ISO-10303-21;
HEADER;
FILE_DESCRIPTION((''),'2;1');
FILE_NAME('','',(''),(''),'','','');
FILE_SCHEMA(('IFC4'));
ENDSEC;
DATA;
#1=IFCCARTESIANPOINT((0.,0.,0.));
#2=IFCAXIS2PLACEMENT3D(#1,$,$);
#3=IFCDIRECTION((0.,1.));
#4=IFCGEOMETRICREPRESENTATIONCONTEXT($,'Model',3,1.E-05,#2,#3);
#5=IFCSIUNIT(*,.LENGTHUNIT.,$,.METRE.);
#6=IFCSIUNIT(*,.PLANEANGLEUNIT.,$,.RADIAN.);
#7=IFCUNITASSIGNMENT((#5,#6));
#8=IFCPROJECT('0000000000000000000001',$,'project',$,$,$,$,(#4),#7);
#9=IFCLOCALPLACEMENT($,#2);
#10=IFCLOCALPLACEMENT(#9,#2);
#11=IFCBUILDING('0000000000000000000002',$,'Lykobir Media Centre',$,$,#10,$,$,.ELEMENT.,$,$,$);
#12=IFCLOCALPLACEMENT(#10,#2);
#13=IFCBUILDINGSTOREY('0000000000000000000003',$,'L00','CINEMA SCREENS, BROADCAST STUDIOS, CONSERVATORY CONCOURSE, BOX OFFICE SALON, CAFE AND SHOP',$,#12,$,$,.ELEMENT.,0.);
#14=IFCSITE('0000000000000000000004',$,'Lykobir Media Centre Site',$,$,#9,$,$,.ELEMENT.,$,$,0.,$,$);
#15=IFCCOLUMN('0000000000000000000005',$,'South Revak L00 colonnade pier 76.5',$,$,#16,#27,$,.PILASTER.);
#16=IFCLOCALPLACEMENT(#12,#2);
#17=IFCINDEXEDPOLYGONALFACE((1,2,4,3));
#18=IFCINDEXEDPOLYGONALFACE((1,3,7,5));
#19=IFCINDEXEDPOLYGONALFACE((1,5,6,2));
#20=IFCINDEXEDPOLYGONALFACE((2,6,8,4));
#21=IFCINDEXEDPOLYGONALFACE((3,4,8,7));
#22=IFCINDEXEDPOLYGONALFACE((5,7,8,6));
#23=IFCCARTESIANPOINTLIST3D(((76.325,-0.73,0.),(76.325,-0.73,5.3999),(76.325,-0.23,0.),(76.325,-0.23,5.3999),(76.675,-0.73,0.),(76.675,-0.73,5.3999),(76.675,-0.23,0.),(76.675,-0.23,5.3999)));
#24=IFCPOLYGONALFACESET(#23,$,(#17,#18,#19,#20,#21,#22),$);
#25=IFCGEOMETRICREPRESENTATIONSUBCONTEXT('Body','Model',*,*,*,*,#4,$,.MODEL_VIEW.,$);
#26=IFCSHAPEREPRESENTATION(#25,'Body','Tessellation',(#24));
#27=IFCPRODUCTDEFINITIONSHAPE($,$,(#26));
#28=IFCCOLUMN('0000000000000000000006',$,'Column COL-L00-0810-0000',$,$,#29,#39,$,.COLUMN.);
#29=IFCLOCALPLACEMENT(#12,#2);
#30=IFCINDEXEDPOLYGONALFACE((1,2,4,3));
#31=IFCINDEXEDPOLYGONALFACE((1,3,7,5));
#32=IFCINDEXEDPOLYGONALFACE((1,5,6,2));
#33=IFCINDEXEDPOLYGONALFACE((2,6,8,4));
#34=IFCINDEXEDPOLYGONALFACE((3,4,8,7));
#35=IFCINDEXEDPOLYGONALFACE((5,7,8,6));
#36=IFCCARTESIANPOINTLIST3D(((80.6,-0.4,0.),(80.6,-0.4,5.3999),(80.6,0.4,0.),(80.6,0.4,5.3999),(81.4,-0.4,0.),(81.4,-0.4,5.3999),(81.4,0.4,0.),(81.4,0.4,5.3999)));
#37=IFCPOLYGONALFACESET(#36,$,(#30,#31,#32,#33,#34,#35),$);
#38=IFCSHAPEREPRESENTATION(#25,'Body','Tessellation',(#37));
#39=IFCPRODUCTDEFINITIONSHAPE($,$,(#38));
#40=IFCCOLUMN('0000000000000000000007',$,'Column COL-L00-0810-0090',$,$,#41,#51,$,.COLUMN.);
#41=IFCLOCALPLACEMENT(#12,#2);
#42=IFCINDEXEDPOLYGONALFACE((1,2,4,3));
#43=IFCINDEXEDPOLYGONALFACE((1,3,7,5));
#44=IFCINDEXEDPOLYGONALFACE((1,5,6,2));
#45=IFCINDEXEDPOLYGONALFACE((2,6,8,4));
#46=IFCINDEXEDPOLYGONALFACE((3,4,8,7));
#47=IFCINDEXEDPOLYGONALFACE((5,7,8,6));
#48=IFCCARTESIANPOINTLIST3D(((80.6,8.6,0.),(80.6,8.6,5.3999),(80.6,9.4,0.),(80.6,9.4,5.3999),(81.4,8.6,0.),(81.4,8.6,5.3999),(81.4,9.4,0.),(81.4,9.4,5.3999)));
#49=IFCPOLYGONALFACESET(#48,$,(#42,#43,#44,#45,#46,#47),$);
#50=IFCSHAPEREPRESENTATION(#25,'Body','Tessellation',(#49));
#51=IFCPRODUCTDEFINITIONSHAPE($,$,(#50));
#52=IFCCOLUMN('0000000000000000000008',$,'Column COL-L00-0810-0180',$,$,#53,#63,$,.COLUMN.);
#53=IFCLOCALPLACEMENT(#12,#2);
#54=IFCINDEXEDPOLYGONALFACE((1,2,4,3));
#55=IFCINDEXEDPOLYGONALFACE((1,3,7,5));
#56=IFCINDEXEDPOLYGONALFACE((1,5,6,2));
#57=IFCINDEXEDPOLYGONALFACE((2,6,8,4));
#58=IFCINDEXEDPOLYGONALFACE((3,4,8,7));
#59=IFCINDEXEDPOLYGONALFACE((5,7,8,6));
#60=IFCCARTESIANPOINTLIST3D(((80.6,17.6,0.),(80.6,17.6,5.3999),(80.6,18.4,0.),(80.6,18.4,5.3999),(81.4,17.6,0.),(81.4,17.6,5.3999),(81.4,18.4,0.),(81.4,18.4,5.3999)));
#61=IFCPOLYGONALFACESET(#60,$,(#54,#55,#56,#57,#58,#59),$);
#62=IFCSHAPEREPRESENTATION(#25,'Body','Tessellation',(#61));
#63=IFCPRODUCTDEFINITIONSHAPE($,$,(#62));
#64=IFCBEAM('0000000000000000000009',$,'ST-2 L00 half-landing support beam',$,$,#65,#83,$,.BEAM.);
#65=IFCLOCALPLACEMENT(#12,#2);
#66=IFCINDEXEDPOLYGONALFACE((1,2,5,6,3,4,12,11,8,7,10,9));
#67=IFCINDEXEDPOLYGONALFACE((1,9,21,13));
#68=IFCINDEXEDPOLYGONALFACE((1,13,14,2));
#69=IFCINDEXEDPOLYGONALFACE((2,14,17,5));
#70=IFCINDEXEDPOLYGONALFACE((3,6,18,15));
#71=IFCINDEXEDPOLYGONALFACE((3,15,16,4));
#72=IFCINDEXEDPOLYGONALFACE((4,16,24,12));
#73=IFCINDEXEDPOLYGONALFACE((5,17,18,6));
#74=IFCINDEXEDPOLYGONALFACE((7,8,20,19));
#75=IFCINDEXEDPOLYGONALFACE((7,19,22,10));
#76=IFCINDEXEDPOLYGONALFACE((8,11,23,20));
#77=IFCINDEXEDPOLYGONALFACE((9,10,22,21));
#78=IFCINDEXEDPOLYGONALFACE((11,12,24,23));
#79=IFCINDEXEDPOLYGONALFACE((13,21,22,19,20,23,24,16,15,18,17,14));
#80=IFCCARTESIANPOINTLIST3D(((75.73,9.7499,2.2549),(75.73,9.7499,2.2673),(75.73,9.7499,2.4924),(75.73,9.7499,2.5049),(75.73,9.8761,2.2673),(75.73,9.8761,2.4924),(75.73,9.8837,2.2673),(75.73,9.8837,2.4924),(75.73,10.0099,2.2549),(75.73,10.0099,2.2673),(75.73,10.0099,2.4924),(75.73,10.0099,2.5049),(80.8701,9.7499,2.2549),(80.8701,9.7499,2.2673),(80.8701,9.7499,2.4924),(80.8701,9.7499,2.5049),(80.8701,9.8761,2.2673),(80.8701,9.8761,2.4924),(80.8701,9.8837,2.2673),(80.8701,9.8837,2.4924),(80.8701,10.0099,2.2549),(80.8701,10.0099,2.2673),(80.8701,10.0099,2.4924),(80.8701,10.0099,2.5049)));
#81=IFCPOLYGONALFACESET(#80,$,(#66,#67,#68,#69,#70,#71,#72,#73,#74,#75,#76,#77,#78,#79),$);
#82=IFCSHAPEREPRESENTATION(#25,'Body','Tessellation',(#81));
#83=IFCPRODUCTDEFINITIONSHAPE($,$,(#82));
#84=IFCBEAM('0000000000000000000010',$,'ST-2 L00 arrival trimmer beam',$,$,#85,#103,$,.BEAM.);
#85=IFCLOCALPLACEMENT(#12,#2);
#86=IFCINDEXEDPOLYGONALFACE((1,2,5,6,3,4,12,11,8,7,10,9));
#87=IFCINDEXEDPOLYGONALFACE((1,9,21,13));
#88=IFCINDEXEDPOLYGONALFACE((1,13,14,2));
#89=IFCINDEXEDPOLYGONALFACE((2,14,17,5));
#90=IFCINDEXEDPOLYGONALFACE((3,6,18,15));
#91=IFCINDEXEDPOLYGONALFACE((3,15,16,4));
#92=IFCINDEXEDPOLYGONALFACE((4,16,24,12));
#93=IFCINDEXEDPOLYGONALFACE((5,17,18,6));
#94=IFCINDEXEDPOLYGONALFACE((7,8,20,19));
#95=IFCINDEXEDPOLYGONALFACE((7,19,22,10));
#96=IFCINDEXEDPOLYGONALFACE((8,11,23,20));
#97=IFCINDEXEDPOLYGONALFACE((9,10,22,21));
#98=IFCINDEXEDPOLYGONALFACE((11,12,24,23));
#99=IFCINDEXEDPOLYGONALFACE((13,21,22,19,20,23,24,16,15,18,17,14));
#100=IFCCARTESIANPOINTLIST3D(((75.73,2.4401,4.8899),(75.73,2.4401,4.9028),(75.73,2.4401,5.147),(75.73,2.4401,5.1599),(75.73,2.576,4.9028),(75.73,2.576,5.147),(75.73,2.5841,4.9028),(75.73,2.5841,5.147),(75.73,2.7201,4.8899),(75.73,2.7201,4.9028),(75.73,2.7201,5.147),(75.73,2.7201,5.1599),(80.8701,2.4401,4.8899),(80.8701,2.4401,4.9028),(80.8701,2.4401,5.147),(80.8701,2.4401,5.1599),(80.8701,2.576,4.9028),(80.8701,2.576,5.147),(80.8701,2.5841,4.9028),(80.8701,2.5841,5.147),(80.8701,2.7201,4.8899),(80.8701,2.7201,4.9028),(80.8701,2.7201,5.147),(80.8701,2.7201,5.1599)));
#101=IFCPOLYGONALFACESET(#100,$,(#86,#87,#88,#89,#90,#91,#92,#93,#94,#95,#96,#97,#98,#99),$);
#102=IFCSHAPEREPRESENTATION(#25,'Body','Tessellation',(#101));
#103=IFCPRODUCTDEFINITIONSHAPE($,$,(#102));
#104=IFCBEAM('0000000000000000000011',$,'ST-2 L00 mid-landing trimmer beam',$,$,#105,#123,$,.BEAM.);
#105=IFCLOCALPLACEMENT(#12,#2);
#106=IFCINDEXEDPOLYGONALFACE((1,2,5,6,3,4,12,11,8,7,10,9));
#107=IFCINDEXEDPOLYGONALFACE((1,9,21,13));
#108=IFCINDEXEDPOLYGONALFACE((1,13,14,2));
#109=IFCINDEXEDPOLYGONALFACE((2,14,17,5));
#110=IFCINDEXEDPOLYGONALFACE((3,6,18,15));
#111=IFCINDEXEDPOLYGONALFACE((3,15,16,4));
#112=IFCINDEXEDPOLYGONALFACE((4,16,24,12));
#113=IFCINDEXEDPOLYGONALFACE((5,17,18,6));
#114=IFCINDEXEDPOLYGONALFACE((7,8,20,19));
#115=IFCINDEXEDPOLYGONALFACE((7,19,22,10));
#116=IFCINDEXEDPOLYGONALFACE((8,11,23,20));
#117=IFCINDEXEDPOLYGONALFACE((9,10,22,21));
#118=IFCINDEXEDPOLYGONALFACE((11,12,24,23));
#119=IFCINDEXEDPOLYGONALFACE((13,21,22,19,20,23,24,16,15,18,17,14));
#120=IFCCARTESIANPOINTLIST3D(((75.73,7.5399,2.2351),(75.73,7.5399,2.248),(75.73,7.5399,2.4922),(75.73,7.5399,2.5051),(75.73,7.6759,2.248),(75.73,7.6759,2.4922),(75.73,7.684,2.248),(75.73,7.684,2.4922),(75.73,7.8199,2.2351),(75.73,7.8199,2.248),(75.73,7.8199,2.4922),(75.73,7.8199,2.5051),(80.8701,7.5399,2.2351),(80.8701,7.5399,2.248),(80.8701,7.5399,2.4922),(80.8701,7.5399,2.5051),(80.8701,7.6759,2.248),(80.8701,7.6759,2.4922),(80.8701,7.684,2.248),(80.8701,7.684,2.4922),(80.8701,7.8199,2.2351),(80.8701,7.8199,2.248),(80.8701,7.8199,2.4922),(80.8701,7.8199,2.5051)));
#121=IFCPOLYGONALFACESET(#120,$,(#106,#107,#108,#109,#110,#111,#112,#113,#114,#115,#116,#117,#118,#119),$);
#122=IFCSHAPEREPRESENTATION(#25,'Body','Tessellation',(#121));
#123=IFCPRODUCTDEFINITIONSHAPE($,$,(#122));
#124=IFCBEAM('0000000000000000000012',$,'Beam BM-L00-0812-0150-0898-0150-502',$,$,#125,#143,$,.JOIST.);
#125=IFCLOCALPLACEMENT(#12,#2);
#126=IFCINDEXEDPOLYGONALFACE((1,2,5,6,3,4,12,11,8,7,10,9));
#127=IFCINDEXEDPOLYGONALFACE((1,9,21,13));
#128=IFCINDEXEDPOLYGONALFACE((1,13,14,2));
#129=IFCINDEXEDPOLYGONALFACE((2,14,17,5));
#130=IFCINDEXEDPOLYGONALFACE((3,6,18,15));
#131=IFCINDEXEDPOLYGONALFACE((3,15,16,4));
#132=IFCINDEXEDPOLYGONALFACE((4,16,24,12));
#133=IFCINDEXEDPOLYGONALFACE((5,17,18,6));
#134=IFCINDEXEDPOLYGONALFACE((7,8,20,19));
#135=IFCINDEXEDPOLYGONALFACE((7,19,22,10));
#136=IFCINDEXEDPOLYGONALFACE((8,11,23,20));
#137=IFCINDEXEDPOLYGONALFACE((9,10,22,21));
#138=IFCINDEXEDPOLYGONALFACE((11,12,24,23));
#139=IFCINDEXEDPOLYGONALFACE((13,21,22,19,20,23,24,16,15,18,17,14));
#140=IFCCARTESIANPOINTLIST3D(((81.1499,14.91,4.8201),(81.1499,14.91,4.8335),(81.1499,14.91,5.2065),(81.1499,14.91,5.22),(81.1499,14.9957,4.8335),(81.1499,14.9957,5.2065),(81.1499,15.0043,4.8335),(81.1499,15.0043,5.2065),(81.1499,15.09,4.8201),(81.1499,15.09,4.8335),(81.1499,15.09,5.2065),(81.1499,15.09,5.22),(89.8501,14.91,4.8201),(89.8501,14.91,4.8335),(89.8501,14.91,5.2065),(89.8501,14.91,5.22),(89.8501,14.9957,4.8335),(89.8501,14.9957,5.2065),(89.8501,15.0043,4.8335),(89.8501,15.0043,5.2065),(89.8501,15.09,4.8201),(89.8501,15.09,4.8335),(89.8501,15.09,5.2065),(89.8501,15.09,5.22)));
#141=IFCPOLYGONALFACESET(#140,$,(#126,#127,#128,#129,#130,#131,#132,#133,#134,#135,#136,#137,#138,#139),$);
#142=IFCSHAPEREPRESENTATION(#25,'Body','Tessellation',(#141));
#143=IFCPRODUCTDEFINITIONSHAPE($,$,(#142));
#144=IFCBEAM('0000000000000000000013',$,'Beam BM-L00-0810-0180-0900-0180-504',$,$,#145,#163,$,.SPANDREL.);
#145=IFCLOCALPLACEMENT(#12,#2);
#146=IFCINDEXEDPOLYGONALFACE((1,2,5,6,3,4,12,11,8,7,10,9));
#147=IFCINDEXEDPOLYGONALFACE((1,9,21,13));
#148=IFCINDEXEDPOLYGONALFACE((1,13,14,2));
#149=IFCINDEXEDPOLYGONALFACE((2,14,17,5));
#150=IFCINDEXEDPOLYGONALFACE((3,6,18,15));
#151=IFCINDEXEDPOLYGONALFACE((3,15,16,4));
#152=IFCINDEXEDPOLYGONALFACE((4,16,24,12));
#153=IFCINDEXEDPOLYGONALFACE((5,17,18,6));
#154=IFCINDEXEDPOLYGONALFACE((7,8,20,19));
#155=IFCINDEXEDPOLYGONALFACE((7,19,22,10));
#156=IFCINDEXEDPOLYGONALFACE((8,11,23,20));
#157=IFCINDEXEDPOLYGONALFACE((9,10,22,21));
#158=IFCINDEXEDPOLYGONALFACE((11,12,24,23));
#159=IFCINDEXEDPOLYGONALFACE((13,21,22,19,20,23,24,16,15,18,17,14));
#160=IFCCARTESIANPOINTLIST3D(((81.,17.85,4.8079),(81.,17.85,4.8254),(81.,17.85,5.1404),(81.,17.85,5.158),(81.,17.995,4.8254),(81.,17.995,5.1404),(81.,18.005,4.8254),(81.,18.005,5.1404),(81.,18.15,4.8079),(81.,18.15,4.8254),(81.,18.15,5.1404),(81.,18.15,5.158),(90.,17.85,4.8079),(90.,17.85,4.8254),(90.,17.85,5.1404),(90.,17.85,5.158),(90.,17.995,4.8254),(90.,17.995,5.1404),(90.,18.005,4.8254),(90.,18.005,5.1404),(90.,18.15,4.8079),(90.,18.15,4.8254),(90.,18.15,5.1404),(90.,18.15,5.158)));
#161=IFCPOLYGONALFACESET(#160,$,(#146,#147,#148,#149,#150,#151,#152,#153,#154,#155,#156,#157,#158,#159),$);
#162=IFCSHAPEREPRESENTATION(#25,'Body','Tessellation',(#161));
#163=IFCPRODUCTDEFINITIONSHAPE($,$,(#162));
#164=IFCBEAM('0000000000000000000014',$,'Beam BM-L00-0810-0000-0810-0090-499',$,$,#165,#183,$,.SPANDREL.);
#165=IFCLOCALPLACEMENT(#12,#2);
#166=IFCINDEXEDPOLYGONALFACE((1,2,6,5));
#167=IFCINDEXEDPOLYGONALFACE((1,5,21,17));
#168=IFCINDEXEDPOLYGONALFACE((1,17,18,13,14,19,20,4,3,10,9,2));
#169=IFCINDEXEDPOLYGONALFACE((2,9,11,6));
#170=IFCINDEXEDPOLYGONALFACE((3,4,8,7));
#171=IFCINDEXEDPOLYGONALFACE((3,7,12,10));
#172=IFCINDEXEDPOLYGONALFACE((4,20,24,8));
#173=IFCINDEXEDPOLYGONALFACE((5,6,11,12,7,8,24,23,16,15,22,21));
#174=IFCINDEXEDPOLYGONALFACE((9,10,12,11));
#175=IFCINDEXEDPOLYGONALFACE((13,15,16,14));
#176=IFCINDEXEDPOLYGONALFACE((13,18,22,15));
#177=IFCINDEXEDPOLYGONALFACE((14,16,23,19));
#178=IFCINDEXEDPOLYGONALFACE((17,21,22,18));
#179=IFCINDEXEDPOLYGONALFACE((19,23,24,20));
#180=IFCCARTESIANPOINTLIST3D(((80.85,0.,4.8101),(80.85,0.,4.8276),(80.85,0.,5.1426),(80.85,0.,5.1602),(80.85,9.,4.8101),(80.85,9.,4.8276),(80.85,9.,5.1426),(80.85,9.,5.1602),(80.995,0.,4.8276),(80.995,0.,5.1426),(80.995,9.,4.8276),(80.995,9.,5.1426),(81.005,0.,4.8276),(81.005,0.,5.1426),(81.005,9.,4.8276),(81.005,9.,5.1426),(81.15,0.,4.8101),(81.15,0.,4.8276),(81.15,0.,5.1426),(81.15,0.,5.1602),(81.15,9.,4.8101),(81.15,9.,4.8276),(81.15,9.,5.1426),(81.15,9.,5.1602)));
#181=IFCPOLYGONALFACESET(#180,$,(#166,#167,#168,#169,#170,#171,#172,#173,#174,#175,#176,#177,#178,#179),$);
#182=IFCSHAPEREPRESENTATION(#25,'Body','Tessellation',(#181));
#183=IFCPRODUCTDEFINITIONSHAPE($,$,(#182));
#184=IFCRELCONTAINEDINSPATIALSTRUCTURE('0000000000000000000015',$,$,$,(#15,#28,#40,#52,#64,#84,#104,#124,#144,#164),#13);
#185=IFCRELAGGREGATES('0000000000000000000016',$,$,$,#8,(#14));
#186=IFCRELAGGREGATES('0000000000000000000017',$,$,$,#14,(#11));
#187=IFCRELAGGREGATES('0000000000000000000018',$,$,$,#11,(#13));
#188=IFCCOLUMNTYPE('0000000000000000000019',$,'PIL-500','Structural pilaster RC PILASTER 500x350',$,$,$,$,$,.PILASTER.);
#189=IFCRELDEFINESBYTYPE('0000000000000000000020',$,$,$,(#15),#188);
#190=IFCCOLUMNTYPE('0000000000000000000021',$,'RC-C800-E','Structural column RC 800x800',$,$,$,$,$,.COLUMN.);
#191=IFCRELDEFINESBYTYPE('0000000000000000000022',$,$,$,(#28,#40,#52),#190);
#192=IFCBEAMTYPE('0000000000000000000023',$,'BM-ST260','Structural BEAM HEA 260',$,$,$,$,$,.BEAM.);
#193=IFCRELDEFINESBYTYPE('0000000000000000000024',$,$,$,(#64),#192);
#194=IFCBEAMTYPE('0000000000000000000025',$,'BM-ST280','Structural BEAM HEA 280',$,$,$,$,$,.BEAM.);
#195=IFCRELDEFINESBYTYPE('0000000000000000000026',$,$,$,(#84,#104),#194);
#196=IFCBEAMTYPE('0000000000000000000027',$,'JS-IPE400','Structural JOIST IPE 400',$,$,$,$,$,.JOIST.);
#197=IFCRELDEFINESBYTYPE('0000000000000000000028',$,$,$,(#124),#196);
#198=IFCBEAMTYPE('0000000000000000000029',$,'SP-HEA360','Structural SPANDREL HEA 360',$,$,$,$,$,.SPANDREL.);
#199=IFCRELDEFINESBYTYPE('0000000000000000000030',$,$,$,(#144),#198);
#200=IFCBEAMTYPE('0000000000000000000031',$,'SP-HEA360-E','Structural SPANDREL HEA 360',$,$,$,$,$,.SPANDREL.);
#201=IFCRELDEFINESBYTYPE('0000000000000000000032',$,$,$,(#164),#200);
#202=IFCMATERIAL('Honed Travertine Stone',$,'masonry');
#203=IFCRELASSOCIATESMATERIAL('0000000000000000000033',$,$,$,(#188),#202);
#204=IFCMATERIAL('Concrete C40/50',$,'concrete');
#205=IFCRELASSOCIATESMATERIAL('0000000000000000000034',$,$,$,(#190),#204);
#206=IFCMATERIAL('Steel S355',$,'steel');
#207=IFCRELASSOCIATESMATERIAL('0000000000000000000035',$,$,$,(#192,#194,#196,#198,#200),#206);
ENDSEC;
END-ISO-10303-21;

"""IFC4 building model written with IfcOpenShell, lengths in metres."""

from ifc_helpers import new_model, si_unit, direction, frame, origin, origin_2d, place, context, subcontext, project, spatial, rectangle, i_section, extrude, material, material_profile, profile_set, type_object, element, save


model = new_model("IFC4")

# Units and contexts
model_context = context("Model", 3, precision=1e-05, world=origin(), true_north=direction((0.0, 1.0)))
body_context = subcontext(model_context, "Body", "Model", "MODEL_VIEW")
ifc_project = project(units=[si_unit("LENGTHUNIT", "METRE"), si_unit("PLANEANGLEUNIT", "RADIAN")], contexts=[model_context])

# Site, building, storey
site_placement = place(None, origin())
site = spatial("IfcSite", under=ifc_project, at=site_placement, Name="Lykobir Media Centre Site", CompositionType="ELEMENT", RefElevation=0.0)
building_placement = place(site_placement, origin())
building = spatial("IfcBuilding", under=site, at=building_placement, Name="Lykobir Media Centre", CompositionType="ELEMENT")
storey_placement = place(building_placement, origin())
storey = spatial("IfcBuildingStorey", under=building, at=storey_placement, Name="L00", Description="CINEMA SCREENS, BROADCAST STUDIOS, CONSERVATORY CONCOURSE, BOX OFFICE SALON, CAFE AND SHOP", CompositionType="ELEMENT", Elevation=0.0)

# Columns
ifc_material_1 = material(Name="Honed Travertine Stone", Category="masonry")
ifc_material_profile_1 = material_profile(ifc_material_1, rectangle(XDim=0.3501, YDim=0.5, at=origin_2d()), Name="RC PILASTER 500x350")
ifc_profile_set_1 = profile_set([ifc_material_profile_1], Name="Honed Travertine Stone")
column_type_1 = type_object("IfcColumnType", Name="PIL-500", Description="Structural pilaster RC PILASTER 500x350", PredefinedType="PILASTER", material=ifc_profile_set_1)
column_placement = place(storey_placement, frame((76.5, -0.48, 0.0), z_axis=(0.0, 0.0, 1.0), x_axis=(1.0, 0.0, 0.0)))
element("IfcColumn", 1, at=column_placement, inside=storey, type_object=column_type_1, Name="South Revak L00 colonnade pier 76.5", PredefinedType="PILASTER", context=body_context, shape_type="SweptSolid", body=[
    extrude(rectangle(XDim=0.3501, YDim=0.5, at=origin_2d()), origin(), (0.0, 0.0, 1.0), 5.3999),
])
ifc_material_2 = material(Name="Concrete C40/50", Category="concrete")
ifc_material_profile_2 = material_profile(ifc_material_2, rectangle(XDim=0.8, YDim=0.8, at=origin_2d()), Name="RC 800x800")
ifc_profile_set_2 = profile_set([ifc_material_profile_2], Name="Concrete C40/50")
column_type_2 = type_object("IfcColumnType", Name="RC-C800-E", Description="Structural column RC 800x800", PredefinedType="COLUMN", material=ifc_profile_set_2)
for number, where, z_axis, x_axis, name in (
    (2, (81.0, 0.0, 0.0), (0.0, 0.0, 1.0), (1.0, 0.0, 0.0), "Column COL-L00-0810-0000"),
    (3, (81.0, 9.0, 0.0), (0.0, 0.0, 1.0), (1.0, 0.0, 0.0), "Column COL-L00-0810-0090"),
    (4, (81.0, 18.0, 0.0), (0.0, 0.0, 1.0), (1.0, 0.0, 0.0), "Column COL-L00-0810-0180"),
):
    element("IfcColumn", number, at=place(storey_placement, frame(where, z_axis=z_axis, x_axis=x_axis)), inside=storey, type_object=column_type_2, Name=name, PredefinedType="COLUMN", context=body_context, shape_type="SweptSolid", body=[
        extrude(rectangle(XDim=0.8, YDim=0.8, at=origin_2d()), origin(), (0.0, 0.0, 1.0), 5.3999),
    ])

# Beams
ifc_material_3 = material(Name="Steel S355", Category="steel")
ifc_material_profile_3 = material_profile(ifc_material_3, i_section(OverallWidth=0.26, OverallDepth=0.25, WebThickness=0.0076, FlangeThickness=0.0125, at=origin_2d()), Name="HEA 260")
ifc_profile_set_3 = profile_set([ifc_material_profile_3], Name="Steel S355")
beam_type_1 = type_object("IfcBeamType", Name="BM-ST260", Description="Structural BEAM HEA 260", PredefinedType="BEAM", material=ifc_profile_set_3)
beam_1_placement = place(storey_placement, frame((75.73, 9.8799, 2.3799), z_axis=(1.0, 0.0, 0.0), x_axis=(0.0, 1.0, 0.0)))
element("IfcBeam", 5, at=beam_1_placement, inside=storey, type_object=beam_type_1, Name="ST-2 L00 half-landing support beam", PredefinedType="BEAM", context=body_context, shape_type="SweptSolid", body=[
    extrude(i_section(OverallWidth=0.26, OverallDepth=0.25, WebThickness=0.0076, FlangeThickness=0.0125, at=origin_2d()), origin(), (0.0, 0.0, 1.0), 5.1401),
])
ifc_material_profile_4 = material_profile(ifc_material_3, i_section(OverallWidth=0.28, OverallDepth=0.27, WebThickness=0.0081, FlangeThickness=0.0129, at=origin_2d()), Name="HEA 280")
ifc_profile_set_4 = profile_set([ifc_material_profile_4], Name="Steel S355")
beam_type_2 = type_object("IfcBeamType", Name="BM-ST280", Description="Structural BEAM HEA 280", PredefinedType="BEAM", material=ifc_profile_set_4)
for number, where, z_axis, x_axis, name in (
    (6, (75.73, 2.5801, 5.0249), (1.0, 0.0, 0.0), (0.0, 1.0, 0.0), "ST-2 L00 arrival trimmer beam"),
    (7, (75.73, 7.6799, 2.3701), (1.0, 0.0, 0.0), (0.0, 1.0, 0.0), "ST-2 L00 mid-landing trimmer beam"),
):
    element("IfcBeam", number, at=place(storey_placement, frame(where, z_axis=z_axis, x_axis=x_axis)), inside=storey, type_object=beam_type_2, Name=name, PredefinedType="BEAM", context=body_context, shape_type="SweptSolid", body=[
        extrude(i_section(OverallWidth=0.28, OverallDepth=0.27, WebThickness=0.0081, FlangeThickness=0.0129, at=origin_2d()), origin(), (0.0, 0.0, 1.0), 5.1401),
    ])
ifc_material_profile_5 = material_profile(ifc_material_3, i_section(OverallWidth=0.1799, OverallDepth=0.3999, WebThickness=0.0085, FlangeThickness=0.0134, at=origin_2d()), Name="IPE 400")
ifc_profile_set_5 = profile_set([ifc_material_profile_5], Name="Steel S355")
beam_type_3 = type_object("IfcBeamType", Name="JS-IPE400", Description="Structural JOIST IPE 400", PredefinedType="JOIST", material=ifc_profile_set_5)
beam_2_placement = place(storey_placement, frame((81.1499, 15.0, 5.02), z_axis=(1.0, 0.0, 0.0), x_axis=(0.0, 1.0, 0.0)))
element("IfcBeam", 8, at=beam_2_placement, inside=storey, type_object=beam_type_3, Name="Beam BM-L00-0812-0150-0898-0150-502", PredefinedType="JOIST", context=body_context, shape_type="SweptSolid", body=[
    extrude(i_section(OverallWidth=0.1799, OverallDepth=0.3999, WebThickness=0.0085, FlangeThickness=0.0134, at=origin_2d()), origin(), (0.0, 0.0, 1.0), 8.7002),
])
ifc_material_profile_6 = material_profile(ifc_material_3, i_section(OverallWidth=0.3, OverallDepth=0.3501, WebThickness=0.01, FlangeThickness=0.0176, at=origin_2d()), Name="HEA 360")
ifc_profile_set_6 = profile_set([ifc_material_profile_6], Name="Steel S355")
beam_type_4 = type_object("IfcBeamType", Name="SP-HEA360", Description="Structural SPANDREL HEA 360", PredefinedType="SPANDREL", material=ifc_profile_set_6)
beam_3_placement = place(storey_placement, frame((81.0, 18.0, 4.9829), z_axis=(1.0, 0.0, 0.0), x_axis=(0.0, 1.0, 0.0)))
element("IfcBeam", 9, at=beam_3_placement, inside=storey, type_object=beam_type_4, Name="Beam BM-L00-0810-0180-0900-0180-504", PredefinedType="SPANDREL", context=body_context, shape_type="SweptSolid", body=[
    extrude(i_section(OverallWidth=0.3, OverallDepth=0.3501, WebThickness=0.01, FlangeThickness=0.0176, at=origin_2d()), origin(), (0.0, 0.0, 1.0), 9.0),
])
ifc_material_profile_7 = material_profile(ifc_material_3, i_section(OverallWidth=0.3, OverallDepth=0.3501, WebThickness=0.01, FlangeThickness=0.0176, at=origin_2d()), Name="HEA 360")
ifc_profile_set_7 = profile_set([ifc_material_profile_7], Name="Steel S355")
beam_type_5 = type_object("IfcBeamType", Name="SP-HEA360-E", Description="Structural SPANDREL HEA 360", PredefinedType="SPANDREL", material=ifc_profile_set_7)
for number, where, z_axis, x_axis, name in (
    (10, (81.0, 0.0, 4.9851), (0.0, 1.0, 0.0), (-1.0, 0.0, 0.0), "Beam BM-L00-0810-0000-0810-0090-499"),
):
    element("IfcBeam", number, at=place(storey_placement, frame(where, z_axis=z_axis, x_axis=x_axis)), inside=storey, type_object=beam_type_5, Name=name, PredefinedType="SPANDREL", context=body_context, shape_type="SweptSolid", body=[
        extrude(i_section(OverallWidth=0.3, OverallDepth=0.3501, WebThickness=0.01, FlangeThickness=0.0176, at=origin_2d()), origin(), (0.0, 0.0, 1.0), 9.0),
    ])

save(model, "model.ifc")
